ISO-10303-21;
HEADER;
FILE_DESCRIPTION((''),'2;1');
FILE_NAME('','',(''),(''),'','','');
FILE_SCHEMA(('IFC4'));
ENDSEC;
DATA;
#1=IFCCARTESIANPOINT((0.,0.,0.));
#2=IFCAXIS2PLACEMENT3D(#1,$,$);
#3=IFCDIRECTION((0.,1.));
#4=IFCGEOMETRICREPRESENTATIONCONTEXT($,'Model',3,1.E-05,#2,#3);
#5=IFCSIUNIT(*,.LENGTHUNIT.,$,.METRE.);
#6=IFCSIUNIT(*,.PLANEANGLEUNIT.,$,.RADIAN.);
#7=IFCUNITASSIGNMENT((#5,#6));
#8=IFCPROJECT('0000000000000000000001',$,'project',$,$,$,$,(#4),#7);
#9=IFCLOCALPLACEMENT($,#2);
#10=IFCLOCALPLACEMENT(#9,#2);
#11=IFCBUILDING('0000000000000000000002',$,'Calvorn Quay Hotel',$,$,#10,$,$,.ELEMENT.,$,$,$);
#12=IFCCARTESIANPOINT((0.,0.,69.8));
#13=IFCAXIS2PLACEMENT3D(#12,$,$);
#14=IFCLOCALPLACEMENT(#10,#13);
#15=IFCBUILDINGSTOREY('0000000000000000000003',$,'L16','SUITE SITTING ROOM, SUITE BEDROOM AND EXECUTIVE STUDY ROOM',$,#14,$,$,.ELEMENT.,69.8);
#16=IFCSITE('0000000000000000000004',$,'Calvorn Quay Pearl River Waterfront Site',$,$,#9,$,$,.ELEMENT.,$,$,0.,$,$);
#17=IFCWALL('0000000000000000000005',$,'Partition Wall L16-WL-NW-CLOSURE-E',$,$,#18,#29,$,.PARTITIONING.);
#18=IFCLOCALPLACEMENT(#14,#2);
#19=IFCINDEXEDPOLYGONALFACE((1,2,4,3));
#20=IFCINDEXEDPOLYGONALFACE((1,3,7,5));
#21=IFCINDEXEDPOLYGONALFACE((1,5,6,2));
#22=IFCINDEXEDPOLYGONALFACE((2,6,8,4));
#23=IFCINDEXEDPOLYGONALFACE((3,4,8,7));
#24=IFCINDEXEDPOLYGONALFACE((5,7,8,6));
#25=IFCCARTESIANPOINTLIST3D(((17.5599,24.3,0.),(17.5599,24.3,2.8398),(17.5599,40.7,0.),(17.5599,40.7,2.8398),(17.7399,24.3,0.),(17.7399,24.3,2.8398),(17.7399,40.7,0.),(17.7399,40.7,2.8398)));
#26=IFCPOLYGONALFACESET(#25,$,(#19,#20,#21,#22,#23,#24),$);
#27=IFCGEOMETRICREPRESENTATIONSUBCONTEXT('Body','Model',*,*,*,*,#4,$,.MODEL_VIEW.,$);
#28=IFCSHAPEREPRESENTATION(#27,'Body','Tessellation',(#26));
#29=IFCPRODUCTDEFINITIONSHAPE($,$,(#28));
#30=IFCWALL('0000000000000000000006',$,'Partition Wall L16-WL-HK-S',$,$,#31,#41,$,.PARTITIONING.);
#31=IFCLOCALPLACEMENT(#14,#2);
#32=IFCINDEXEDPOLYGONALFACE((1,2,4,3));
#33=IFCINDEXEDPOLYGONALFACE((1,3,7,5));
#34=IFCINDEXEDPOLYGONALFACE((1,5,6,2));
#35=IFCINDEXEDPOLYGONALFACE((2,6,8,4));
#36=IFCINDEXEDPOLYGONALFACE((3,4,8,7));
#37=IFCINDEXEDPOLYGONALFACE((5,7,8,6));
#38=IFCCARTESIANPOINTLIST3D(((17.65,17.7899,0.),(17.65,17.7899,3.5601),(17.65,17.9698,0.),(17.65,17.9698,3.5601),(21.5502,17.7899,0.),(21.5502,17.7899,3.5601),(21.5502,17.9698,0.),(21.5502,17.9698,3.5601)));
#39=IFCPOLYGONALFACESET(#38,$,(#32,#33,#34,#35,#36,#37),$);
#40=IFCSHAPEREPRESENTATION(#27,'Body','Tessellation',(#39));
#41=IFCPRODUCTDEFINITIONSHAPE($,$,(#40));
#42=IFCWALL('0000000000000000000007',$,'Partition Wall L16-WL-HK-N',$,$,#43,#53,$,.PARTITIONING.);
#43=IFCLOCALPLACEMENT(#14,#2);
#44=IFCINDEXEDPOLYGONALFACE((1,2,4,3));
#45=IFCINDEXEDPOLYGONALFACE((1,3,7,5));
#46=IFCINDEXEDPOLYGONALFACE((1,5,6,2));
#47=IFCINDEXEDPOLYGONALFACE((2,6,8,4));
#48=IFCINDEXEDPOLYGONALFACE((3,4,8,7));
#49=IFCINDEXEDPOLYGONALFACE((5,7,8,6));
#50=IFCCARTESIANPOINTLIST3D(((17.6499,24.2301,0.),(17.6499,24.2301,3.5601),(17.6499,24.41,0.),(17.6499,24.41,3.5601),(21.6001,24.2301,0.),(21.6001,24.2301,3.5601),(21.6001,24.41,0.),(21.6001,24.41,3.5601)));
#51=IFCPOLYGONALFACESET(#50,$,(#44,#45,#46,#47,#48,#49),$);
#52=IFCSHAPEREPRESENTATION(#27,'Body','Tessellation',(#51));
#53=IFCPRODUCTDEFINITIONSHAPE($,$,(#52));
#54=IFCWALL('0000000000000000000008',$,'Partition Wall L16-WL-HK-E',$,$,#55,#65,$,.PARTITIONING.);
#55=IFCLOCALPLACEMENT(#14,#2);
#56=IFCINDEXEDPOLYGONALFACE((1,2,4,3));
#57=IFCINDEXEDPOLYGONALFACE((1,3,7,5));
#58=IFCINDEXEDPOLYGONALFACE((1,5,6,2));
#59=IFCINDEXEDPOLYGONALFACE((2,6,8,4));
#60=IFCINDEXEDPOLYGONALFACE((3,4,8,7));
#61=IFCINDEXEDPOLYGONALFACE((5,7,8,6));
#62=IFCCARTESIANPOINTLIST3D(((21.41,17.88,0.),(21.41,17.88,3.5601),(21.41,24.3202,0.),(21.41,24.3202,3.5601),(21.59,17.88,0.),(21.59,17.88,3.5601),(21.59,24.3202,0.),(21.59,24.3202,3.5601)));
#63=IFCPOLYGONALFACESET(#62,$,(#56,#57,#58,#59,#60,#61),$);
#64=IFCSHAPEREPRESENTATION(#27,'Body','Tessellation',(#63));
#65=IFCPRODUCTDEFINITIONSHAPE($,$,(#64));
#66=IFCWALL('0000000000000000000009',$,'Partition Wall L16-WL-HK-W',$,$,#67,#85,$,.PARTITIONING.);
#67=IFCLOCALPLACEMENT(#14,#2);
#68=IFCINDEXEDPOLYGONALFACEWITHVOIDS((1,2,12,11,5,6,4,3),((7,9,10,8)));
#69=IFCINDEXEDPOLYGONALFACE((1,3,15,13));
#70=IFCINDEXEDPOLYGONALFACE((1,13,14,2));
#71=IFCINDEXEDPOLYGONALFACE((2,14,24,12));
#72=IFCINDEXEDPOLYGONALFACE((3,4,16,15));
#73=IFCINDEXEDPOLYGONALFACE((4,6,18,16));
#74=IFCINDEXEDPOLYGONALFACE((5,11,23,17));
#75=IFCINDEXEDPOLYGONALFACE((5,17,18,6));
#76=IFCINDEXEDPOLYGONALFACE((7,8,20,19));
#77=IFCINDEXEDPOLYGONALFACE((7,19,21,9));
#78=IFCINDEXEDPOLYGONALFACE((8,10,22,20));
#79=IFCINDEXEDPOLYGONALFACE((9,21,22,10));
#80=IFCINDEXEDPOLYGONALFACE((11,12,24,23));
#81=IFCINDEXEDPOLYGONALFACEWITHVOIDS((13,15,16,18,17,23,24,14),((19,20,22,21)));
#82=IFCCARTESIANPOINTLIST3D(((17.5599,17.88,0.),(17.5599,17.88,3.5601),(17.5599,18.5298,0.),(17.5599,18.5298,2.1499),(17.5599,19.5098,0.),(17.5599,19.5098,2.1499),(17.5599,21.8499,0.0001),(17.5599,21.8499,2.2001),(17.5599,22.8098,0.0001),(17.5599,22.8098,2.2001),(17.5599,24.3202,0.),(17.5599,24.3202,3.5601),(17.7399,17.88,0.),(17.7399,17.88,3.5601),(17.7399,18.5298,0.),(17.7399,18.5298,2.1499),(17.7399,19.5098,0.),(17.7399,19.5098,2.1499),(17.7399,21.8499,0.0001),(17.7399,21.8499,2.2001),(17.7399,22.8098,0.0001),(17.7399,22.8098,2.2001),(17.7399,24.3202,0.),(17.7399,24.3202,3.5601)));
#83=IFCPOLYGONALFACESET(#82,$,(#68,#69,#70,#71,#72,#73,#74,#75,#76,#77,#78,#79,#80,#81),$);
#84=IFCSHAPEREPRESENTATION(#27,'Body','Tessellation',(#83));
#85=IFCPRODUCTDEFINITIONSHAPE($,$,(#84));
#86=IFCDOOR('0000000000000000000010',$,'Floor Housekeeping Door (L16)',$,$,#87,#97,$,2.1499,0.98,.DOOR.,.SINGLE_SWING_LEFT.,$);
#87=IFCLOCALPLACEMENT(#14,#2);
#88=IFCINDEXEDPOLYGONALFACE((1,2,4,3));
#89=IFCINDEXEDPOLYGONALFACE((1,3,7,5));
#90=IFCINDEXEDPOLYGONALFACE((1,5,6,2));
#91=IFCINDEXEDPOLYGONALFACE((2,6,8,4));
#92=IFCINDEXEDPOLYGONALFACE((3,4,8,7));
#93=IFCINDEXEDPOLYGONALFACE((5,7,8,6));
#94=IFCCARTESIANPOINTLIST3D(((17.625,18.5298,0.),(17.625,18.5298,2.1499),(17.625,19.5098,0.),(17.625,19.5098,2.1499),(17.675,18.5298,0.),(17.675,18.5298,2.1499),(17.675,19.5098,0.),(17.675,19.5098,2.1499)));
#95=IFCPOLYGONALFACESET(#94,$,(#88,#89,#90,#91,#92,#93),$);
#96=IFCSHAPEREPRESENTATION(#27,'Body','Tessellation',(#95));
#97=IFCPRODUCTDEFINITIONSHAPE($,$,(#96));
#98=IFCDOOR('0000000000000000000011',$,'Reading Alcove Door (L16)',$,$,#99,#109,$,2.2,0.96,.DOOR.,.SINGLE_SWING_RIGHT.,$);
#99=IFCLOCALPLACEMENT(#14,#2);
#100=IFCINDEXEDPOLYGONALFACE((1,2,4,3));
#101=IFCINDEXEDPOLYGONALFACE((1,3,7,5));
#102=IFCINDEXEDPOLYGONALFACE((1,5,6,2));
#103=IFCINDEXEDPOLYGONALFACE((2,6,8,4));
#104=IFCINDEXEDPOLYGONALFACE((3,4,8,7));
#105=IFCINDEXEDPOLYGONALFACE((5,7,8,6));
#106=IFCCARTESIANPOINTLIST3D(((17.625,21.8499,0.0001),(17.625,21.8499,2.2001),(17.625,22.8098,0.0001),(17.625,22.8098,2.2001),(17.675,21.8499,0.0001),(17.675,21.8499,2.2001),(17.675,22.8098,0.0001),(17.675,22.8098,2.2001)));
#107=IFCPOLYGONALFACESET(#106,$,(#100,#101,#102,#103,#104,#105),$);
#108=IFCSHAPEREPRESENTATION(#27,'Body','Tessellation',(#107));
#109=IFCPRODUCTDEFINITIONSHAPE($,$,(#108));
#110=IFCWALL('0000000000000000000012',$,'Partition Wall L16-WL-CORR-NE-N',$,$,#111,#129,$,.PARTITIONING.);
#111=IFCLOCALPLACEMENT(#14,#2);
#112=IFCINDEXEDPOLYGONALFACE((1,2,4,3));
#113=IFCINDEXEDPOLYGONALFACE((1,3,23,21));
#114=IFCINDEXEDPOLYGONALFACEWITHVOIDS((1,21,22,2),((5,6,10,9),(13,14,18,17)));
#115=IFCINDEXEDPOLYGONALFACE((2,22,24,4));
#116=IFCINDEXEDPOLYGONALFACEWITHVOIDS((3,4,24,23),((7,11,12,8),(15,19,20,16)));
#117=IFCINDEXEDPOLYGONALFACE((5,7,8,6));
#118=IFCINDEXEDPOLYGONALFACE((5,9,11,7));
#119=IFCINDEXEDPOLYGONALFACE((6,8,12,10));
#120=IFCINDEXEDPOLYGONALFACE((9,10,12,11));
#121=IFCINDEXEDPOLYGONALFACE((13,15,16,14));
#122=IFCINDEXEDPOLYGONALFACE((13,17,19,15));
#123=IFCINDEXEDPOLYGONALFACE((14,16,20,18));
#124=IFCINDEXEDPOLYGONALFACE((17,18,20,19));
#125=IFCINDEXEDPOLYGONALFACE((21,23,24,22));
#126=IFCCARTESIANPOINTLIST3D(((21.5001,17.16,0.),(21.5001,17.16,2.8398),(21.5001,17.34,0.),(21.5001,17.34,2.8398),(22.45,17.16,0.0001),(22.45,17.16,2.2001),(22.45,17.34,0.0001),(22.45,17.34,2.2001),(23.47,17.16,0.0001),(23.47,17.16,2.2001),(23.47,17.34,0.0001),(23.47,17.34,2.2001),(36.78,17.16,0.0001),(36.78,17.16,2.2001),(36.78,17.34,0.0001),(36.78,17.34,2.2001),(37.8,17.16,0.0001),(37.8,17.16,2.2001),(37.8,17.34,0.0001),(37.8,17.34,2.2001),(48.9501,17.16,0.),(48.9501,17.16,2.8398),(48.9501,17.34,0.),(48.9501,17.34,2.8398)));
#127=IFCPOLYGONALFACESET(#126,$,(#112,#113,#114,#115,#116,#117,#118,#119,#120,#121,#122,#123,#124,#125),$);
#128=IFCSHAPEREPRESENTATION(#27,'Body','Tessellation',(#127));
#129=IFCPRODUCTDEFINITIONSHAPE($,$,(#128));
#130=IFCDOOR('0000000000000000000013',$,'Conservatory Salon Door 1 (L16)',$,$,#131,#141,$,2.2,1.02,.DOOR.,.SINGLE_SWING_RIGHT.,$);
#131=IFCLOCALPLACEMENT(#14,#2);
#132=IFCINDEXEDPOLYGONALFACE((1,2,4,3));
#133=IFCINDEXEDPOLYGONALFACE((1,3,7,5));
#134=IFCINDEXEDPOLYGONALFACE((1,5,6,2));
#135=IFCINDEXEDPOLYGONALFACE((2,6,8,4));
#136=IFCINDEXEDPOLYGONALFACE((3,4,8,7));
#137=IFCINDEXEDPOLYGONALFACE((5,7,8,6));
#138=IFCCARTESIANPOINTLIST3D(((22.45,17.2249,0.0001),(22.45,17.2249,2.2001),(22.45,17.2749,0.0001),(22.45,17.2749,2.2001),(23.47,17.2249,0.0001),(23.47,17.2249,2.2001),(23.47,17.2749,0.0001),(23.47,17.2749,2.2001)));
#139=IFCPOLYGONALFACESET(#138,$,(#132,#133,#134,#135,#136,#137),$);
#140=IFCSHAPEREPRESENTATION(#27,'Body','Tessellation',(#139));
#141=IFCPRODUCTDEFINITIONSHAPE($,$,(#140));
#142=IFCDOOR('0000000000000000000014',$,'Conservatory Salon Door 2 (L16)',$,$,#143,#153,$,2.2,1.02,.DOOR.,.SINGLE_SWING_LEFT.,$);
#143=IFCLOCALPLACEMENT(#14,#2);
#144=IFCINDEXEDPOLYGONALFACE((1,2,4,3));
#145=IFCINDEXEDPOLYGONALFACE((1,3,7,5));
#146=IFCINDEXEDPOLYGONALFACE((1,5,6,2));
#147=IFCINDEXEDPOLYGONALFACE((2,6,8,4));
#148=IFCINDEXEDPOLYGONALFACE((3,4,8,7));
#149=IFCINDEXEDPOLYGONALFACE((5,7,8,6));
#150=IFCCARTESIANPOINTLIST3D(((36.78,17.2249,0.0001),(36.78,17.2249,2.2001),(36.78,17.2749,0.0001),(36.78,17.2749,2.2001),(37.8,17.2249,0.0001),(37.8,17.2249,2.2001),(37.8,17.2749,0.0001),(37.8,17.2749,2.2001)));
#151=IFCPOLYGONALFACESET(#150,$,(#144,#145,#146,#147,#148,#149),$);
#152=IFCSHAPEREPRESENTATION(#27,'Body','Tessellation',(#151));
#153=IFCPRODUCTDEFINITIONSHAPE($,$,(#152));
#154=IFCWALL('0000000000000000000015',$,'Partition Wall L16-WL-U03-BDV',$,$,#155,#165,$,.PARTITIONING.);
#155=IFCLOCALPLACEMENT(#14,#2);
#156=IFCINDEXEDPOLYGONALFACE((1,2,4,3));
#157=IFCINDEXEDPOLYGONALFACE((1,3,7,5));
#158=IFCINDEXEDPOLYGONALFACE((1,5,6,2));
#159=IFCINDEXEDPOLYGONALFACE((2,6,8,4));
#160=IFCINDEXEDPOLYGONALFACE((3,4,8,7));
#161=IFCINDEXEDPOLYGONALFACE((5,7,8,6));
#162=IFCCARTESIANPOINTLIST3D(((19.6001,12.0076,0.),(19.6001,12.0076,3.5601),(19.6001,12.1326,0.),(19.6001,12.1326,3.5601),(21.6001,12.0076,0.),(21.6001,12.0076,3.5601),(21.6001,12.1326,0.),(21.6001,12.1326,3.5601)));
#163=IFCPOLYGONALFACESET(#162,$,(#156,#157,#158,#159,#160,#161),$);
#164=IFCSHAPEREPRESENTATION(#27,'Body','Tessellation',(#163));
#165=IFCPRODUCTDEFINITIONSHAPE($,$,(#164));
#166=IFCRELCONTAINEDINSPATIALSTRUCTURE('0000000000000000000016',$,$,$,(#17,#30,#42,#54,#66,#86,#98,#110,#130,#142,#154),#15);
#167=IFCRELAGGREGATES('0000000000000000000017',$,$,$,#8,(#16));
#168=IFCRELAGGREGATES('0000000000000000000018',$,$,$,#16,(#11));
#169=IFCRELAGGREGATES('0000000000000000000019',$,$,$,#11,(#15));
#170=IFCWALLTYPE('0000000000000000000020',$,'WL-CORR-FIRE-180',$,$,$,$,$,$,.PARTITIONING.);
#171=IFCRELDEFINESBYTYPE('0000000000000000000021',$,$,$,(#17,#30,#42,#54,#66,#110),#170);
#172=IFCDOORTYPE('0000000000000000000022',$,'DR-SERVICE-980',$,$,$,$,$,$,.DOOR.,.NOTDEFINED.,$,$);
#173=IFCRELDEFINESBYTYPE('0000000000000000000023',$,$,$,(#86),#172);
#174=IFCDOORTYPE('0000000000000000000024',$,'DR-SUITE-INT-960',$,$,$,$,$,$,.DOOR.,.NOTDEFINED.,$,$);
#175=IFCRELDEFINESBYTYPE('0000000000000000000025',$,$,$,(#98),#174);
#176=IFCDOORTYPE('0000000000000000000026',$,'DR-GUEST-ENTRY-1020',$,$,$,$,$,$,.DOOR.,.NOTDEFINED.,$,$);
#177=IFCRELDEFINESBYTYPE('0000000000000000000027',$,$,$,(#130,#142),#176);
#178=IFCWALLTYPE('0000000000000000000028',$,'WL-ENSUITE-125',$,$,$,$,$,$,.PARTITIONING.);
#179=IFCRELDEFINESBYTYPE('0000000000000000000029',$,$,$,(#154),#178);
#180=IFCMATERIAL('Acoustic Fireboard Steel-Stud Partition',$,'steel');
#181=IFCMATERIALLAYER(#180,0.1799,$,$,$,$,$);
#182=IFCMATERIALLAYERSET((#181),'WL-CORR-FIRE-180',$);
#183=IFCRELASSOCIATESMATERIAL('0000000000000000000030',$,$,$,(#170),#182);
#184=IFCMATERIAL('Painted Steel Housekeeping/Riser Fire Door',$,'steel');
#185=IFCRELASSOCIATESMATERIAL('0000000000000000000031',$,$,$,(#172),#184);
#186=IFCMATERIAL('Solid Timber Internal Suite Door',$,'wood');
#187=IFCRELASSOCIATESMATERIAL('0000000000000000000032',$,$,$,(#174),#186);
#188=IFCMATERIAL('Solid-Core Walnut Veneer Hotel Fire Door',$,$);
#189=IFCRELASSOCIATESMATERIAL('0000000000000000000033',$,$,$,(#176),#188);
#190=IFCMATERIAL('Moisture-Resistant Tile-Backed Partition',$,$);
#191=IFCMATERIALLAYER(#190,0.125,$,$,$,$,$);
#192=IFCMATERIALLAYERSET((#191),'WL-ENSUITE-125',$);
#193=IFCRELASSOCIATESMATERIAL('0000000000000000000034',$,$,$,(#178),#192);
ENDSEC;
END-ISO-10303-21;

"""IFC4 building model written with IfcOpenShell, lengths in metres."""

from ifc_helpers import new_model, si_unit, direction, frame, frame_2d, origin, place, context, subcontext, project, spatial, rectangle, extrude, material, layer, layer_set, type_object, element, fill, save


model = new_model("IFC4")

# Units and contexts
model_context = context("Model", 3, precision=1e-05, world=origin(), true_north=direction((0.0, 1.0)))
body_context = subcontext(model_context, "Body", "Model", "MODEL_VIEW")
ifc_project = project(units=[si_unit("LENGTHUNIT", "METRE"), si_unit("PLANEANGLEUNIT", "RADIAN")], contexts=[model_context])

# Site, building, storey
site_placement = place(None, origin())
site = spatial("IfcSite", under=ifc_project, at=site_placement, Name="Calvorn Quay Pearl River Waterfront Site", CompositionType="ELEMENT", RefElevation=0.0)
building_placement = place(site_placement, origin())
building = spatial("IfcBuilding", under=site, at=building_placement, Name="Calvorn Quay Hotel", CompositionType="ELEMENT")
storey_placement = place(building_placement, frame((0.0, 0.0, 69.8)))
storey = spatial("IfcBuildingStorey", under=building, at=storey_placement, Name="L16", Description="SUITE SITTING ROOM, SUITE BEDROOM AND EXECUTIVE STUDY ROOM", CompositionType="ELEMENT", Elevation=69.8)

# Walls
ifc_material_1 = material(Name="Acoustic Fireboard Steel-Stud Partition", Category="steel")
ifc_layer_1 = layer(ifc_material_1, 0.1799)
ifc_layer_set_1 = layer_set([ifc_layer_1], Name="WL-CORR-FIRE-180")
wall_type_1 = type_object("IfcWallType", Name="WL-CORR-FIRE-180", PredefinedType="PARTITIONING", material=ifc_layer_set_1)
wall_1_placement = place(storey_placement, frame((17.6499, 24.3, 0.0), z_axis=(0.0, 0.0, 1.0), x_axis=(0.0, 1.0, 0.0)))
element("IfcWall", 1, at=wall_1_placement, inside=storey, type_object=wall_type_1, Name="Partition Wall L16-WL-NW-CLOSURE-E", PredefinedType="PARTITIONING", context=body_context, shape_type="SweptSolid", body=[
    extrude(rectangle(XDim=16.3999, YDim=0.1799, at=frame_2d((8.2, 0.0))), origin(), (0.0, 0.0, 1.0), 2.8398),
])
wall_2_placement = place(storey_placement, frame((17.6499, 17.8799, 0.0), z_axis=(0.0, 0.0, 1.0), x_axis=(1.0, 0.0, 0.0)))
element("IfcWall", 2, at=wall_2_placement, inside=storey, type_object=wall_type_1, Name="Partition Wall L16-WL-HK-S", PredefinedType="PARTITIONING", context=body_context, shape_type="SweptSolid", body=[
    extrude(rectangle(XDim=3.9001, YDim=0.1799, at=frame_2d((1.9502, 0.0))), origin(), (0.0, 0.0, 1.0), 3.5601),
])
wall_3_placement = place(storey_placement, frame((17.6499, 24.3201, 0.0), z_axis=(0.0, 0.0, 1.0), x_axis=(1.0, 0.0, 0.0)))
element("IfcWall", 3, at=wall_3_placement, inside=storey, type_object=wall_type_1, Name="Partition Wall L16-WL-HK-N", PredefinedType="PARTITIONING", context=body_context, shape_type="SweptSolid", body=[
    extrude(rectangle(XDim=3.9502, YDim=0.1799, at=frame_2d((1.9751, 0.0))), origin(), (0.0, 0.0, 1.0), 3.5601),
])
wall_4_placement = place(storey_placement, frame((21.5, 17.8799, 0.0), z_axis=(0.0, 0.0, 1.0), x_axis=(0.0, 1.0, 0.0)))
element("IfcWall", 4, at=wall_4_placement, inside=storey, type_object=wall_type_1, Name="Partition Wall L16-WL-HK-E", PredefinedType="PARTITIONING", context=body_context, shape_type="SweptSolid", body=[
    extrude(rectangle(XDim=6.4402, YDim=0.1799, at=frame_2d((3.2202, 0.0))), origin(), (0.0, 0.0, 1.0), 3.5601),
])

# Walls, openings, doors
wall_5_placement = place(storey_placement, frame((17.6499, 17.8799, 0.0), z_axis=(0.0, 0.0, 1.0), x_axis=(0.0, 1.0, 0.0)))
wall_5 = element("IfcWall", 5, at=wall_5_placement, inside=storey, type_object=wall_type_1, Name="Partition Wall L16-WL-HK-W", PredefinedType="PARTITIONING", context=body_context, shape_type="SweptSolid", body=[
    extrude(rectangle(XDim=6.4402, YDim=0.1799, at=frame_2d((3.2202, 0.0))), origin(), (0.0, 0.0, 1.0), 3.5601),
])
opening_1_placement = place(wall_5_placement, frame((0.6499, 0.0, 0.0)))
opening_1 = element("IfcOpeningElement", 6, at=opening_1_placement, cuts=wall_5, PredefinedType="OPENING", context=body_context, shape_type="SweptSolid", body=[
    extrude(rectangle(XDim=0.98, YDim=2.1499, at=frame_2d((0.49, 1.075))), frame((0.0, 0.0999, 0.0), z_axis=(0.0, -1.0, 0.0), x_axis=(1.0, 0.0, 0.0)), (0.0, 0.0, 1.0), 0.2),
])
opening_2_placement = place(wall_5_placement, frame((3.97, 0.0, 0.0)))
opening_2 = element("IfcOpeningElement", 7, at=opening_2_placement, cuts=wall_5, PredefinedType="OPENING", context=body_context, shape_type="SweptSolid", body=[
    extrude(rectangle(XDim=0.96, YDim=2.2, at=frame_2d((0.48, 1.1001))), frame((0.0, 0.0999, 0.0), z_axis=(0.0, -1.0, 0.0), x_axis=(1.0, 0.0, 0.0)), (0.0, 0.0, 1.0), 0.2),
])
ifc_material_2 = material(Name="Painted Steel Housekeeping/Riser Fire Door", Category="steel")
door_type_1 = type_object("IfcDoorType", Name="DR-SERVICE-980", OperationType="NOTDEFINED", PredefinedType="DOOR", material=ifc_material_2)
door_1_placement = place(opening_1_placement, origin())
door_1 = element("IfcDoor", 8, at=door_1_placement, inside=storey, type_object=door_type_1, Name="Floor Housekeeping Door (L16)", OperationType="SINGLE_SWING_LEFT", OverallHeight=2.1499, OverallWidth=0.98, PredefinedType="DOOR", context=body_context, shape_type="SweptSolid", body=[
    extrude(rectangle(XDim=0.98, YDim=2.1499, at=frame_2d((0.49, 1.075))), frame((0.0, 0.0249, 0.0), z_axis=(0.0, -1.0, 0.0), x_axis=(1.0, 0.0, 0.0)), (0.0, 0.0, 1.0), 0.05),
])
fill(opening_1, door_1)
ifc_material_3 = material(Name="Solid Timber Internal Suite Door", Category="wood")
door_type_2 = type_object("IfcDoorType", Name="DR-SUITE-INT-960", OperationType="NOTDEFINED", PredefinedType="DOOR", material=ifc_material_3)
door_2_placement = place(opening_2_placement, origin())
door_2 = element("IfcDoor", 9, at=door_2_placement, inside=storey, type_object=door_type_2, Name="Reading Alcove Door (L16)", OperationType="SINGLE_SWING_RIGHT", OverallHeight=2.2, OverallWidth=0.96, PredefinedType="DOOR", context=body_context, shape_type="SweptSolid", body=[
    extrude(rectangle(XDim=0.96, YDim=2.2, at=frame_2d((0.48, 1.1001))), frame((0.0, 0.0249, 0.0), z_axis=(0.0, -1.0, 0.0), x_axis=(1.0, 0.0, 0.0)), (0.0, 0.0, 1.0), 0.05),
])
fill(opening_2, door_2)
wall_6_placement = place(storey_placement, frame((21.5, 17.25, 0.0), z_axis=(0.0, 0.0, 1.0), x_axis=(1.0, 0.0, 0.0)))
wall_6 = element("IfcWall", 10, at=wall_6_placement, inside=storey, type_object=wall_type_1, Name="Partition Wall L16-WL-CORR-NE-N", PredefinedType="PARTITIONING", context=body_context, shape_type="SweptSolid", body=[
    extrude(rectangle(XDim=27.45, YDim=0.1799, at=frame_2d((13.7251, 0.0))), origin(), (0.0, 0.0, 1.0), 2.8398),
])
opening_3_placement = place(wall_6_placement, frame((0.95, 0.0, 0.0)))
opening_3 = element("IfcOpeningElement", 11, at=opening_3_placement, cuts=wall_6, PredefinedType="OPENING", context=body_context, shape_type="SweptSolid", body=[
    extrude(rectangle(XDim=1.02, YDim=2.2, at=frame_2d((0.51, 1.1001))), frame((0.0, 0.0999, 0.0), z_axis=(0.0, -1.0, 0.0), x_axis=(1.0, 0.0, 0.0)), (0.0, 0.0, 1.0), 0.2),
])
opening_4_placement = place(wall_6_placement, frame((15.28, 0.0, 0.0)))
opening_4 = element("IfcOpeningElement", 12, at=opening_4_placement, cuts=wall_6, PredefinedType="OPENING", context=body_context, shape_type="SweptSolid", body=[
    extrude(rectangle(XDim=1.02, YDim=2.2, at=frame_2d((0.51, 1.1001))), frame((0.0, 0.0999, 0.0), z_axis=(0.0, -1.0, 0.0), x_axis=(1.0, 0.0, 0.0)), (0.0, 0.0, 1.0), 0.2),
])
ifc_material_4 = material(Name="Solid-Core Walnut Veneer Hotel Fire Door")
door_type_3 = type_object("IfcDoorType", Name="DR-GUEST-ENTRY-1020", OperationType="NOTDEFINED", PredefinedType="DOOR", material=ifc_material_4)
door_3_placement = place(opening_3_placement, origin())
door_3 = element("IfcDoor", 13, at=door_3_placement, inside=storey, type_object=door_type_3, Name="Conservatory Salon Door 1 (L16)", OperationType="SINGLE_SWING_RIGHT", OverallHeight=2.2, OverallWidth=1.02, PredefinedType="DOOR", context=body_context, shape_type="SweptSolid", body=[
    extrude(rectangle(XDim=1.02, YDim=2.2, at=frame_2d((0.51, 1.1001))), frame((0.0, 0.0249, 0.0), z_axis=(0.0, -1.0, 0.0), x_axis=(1.0, 0.0, 0.0)), (0.0, 0.0, 1.0), 0.05),
])
fill(opening_3, door_3)
door_4_placement = place(opening_4_placement, origin())
door_4 = element("IfcDoor", 14, at=door_4_placement, inside=storey, type_object=door_type_3, Name="Conservatory Salon Door 2 (L16)", OperationType="SINGLE_SWING_LEFT", OverallHeight=2.2, OverallWidth=1.02, PredefinedType="DOOR", context=body_context, shape_type="SweptSolid", body=[
    extrude(rectangle(XDim=1.02, YDim=2.2, at=frame_2d((0.51, 1.1001))), frame((0.0, 0.0249, 0.0), z_axis=(0.0, -1.0, 0.0), x_axis=(1.0, 0.0, 0.0)), (0.0, 0.0, 1.0), 0.05),
])
fill(opening_4, door_4)

# Wall
ifc_material_5 = material(Name="Moisture-Resistant Tile-Backed Partition")
ifc_layer_2 = layer(ifc_material_5, 0.125)
ifc_layer_set_2 = layer_set([ifc_layer_2], Name="WL-ENSUITE-125")
wall_type_2 = type_object("IfcWallType", Name="WL-ENSUITE-125", PredefinedType="PARTITIONING", material=ifc_layer_set_2)
wall_7_placement = place(storey_placement, frame((19.6001, 12.0701, 0.0), z_axis=(0.0, 0.0, 1.0), x_axis=(1.0, 0.0, 0.0)))
element("IfcWall", 15, at=wall_7_placement, inside=storey, type_object=wall_type_2, Name="Partition Wall L16-WL-U03-BDV", PredefinedType="PARTITIONING", context=body_context, shape_type="SweptSolid", body=[
    extrude(rectangle(XDim=2.0, YDim=0.125, at=frame_2d((1.0, 0.0))), origin(), (0.0, 0.0, 1.0), 3.5601),
])

save(model, "model.ifc")
